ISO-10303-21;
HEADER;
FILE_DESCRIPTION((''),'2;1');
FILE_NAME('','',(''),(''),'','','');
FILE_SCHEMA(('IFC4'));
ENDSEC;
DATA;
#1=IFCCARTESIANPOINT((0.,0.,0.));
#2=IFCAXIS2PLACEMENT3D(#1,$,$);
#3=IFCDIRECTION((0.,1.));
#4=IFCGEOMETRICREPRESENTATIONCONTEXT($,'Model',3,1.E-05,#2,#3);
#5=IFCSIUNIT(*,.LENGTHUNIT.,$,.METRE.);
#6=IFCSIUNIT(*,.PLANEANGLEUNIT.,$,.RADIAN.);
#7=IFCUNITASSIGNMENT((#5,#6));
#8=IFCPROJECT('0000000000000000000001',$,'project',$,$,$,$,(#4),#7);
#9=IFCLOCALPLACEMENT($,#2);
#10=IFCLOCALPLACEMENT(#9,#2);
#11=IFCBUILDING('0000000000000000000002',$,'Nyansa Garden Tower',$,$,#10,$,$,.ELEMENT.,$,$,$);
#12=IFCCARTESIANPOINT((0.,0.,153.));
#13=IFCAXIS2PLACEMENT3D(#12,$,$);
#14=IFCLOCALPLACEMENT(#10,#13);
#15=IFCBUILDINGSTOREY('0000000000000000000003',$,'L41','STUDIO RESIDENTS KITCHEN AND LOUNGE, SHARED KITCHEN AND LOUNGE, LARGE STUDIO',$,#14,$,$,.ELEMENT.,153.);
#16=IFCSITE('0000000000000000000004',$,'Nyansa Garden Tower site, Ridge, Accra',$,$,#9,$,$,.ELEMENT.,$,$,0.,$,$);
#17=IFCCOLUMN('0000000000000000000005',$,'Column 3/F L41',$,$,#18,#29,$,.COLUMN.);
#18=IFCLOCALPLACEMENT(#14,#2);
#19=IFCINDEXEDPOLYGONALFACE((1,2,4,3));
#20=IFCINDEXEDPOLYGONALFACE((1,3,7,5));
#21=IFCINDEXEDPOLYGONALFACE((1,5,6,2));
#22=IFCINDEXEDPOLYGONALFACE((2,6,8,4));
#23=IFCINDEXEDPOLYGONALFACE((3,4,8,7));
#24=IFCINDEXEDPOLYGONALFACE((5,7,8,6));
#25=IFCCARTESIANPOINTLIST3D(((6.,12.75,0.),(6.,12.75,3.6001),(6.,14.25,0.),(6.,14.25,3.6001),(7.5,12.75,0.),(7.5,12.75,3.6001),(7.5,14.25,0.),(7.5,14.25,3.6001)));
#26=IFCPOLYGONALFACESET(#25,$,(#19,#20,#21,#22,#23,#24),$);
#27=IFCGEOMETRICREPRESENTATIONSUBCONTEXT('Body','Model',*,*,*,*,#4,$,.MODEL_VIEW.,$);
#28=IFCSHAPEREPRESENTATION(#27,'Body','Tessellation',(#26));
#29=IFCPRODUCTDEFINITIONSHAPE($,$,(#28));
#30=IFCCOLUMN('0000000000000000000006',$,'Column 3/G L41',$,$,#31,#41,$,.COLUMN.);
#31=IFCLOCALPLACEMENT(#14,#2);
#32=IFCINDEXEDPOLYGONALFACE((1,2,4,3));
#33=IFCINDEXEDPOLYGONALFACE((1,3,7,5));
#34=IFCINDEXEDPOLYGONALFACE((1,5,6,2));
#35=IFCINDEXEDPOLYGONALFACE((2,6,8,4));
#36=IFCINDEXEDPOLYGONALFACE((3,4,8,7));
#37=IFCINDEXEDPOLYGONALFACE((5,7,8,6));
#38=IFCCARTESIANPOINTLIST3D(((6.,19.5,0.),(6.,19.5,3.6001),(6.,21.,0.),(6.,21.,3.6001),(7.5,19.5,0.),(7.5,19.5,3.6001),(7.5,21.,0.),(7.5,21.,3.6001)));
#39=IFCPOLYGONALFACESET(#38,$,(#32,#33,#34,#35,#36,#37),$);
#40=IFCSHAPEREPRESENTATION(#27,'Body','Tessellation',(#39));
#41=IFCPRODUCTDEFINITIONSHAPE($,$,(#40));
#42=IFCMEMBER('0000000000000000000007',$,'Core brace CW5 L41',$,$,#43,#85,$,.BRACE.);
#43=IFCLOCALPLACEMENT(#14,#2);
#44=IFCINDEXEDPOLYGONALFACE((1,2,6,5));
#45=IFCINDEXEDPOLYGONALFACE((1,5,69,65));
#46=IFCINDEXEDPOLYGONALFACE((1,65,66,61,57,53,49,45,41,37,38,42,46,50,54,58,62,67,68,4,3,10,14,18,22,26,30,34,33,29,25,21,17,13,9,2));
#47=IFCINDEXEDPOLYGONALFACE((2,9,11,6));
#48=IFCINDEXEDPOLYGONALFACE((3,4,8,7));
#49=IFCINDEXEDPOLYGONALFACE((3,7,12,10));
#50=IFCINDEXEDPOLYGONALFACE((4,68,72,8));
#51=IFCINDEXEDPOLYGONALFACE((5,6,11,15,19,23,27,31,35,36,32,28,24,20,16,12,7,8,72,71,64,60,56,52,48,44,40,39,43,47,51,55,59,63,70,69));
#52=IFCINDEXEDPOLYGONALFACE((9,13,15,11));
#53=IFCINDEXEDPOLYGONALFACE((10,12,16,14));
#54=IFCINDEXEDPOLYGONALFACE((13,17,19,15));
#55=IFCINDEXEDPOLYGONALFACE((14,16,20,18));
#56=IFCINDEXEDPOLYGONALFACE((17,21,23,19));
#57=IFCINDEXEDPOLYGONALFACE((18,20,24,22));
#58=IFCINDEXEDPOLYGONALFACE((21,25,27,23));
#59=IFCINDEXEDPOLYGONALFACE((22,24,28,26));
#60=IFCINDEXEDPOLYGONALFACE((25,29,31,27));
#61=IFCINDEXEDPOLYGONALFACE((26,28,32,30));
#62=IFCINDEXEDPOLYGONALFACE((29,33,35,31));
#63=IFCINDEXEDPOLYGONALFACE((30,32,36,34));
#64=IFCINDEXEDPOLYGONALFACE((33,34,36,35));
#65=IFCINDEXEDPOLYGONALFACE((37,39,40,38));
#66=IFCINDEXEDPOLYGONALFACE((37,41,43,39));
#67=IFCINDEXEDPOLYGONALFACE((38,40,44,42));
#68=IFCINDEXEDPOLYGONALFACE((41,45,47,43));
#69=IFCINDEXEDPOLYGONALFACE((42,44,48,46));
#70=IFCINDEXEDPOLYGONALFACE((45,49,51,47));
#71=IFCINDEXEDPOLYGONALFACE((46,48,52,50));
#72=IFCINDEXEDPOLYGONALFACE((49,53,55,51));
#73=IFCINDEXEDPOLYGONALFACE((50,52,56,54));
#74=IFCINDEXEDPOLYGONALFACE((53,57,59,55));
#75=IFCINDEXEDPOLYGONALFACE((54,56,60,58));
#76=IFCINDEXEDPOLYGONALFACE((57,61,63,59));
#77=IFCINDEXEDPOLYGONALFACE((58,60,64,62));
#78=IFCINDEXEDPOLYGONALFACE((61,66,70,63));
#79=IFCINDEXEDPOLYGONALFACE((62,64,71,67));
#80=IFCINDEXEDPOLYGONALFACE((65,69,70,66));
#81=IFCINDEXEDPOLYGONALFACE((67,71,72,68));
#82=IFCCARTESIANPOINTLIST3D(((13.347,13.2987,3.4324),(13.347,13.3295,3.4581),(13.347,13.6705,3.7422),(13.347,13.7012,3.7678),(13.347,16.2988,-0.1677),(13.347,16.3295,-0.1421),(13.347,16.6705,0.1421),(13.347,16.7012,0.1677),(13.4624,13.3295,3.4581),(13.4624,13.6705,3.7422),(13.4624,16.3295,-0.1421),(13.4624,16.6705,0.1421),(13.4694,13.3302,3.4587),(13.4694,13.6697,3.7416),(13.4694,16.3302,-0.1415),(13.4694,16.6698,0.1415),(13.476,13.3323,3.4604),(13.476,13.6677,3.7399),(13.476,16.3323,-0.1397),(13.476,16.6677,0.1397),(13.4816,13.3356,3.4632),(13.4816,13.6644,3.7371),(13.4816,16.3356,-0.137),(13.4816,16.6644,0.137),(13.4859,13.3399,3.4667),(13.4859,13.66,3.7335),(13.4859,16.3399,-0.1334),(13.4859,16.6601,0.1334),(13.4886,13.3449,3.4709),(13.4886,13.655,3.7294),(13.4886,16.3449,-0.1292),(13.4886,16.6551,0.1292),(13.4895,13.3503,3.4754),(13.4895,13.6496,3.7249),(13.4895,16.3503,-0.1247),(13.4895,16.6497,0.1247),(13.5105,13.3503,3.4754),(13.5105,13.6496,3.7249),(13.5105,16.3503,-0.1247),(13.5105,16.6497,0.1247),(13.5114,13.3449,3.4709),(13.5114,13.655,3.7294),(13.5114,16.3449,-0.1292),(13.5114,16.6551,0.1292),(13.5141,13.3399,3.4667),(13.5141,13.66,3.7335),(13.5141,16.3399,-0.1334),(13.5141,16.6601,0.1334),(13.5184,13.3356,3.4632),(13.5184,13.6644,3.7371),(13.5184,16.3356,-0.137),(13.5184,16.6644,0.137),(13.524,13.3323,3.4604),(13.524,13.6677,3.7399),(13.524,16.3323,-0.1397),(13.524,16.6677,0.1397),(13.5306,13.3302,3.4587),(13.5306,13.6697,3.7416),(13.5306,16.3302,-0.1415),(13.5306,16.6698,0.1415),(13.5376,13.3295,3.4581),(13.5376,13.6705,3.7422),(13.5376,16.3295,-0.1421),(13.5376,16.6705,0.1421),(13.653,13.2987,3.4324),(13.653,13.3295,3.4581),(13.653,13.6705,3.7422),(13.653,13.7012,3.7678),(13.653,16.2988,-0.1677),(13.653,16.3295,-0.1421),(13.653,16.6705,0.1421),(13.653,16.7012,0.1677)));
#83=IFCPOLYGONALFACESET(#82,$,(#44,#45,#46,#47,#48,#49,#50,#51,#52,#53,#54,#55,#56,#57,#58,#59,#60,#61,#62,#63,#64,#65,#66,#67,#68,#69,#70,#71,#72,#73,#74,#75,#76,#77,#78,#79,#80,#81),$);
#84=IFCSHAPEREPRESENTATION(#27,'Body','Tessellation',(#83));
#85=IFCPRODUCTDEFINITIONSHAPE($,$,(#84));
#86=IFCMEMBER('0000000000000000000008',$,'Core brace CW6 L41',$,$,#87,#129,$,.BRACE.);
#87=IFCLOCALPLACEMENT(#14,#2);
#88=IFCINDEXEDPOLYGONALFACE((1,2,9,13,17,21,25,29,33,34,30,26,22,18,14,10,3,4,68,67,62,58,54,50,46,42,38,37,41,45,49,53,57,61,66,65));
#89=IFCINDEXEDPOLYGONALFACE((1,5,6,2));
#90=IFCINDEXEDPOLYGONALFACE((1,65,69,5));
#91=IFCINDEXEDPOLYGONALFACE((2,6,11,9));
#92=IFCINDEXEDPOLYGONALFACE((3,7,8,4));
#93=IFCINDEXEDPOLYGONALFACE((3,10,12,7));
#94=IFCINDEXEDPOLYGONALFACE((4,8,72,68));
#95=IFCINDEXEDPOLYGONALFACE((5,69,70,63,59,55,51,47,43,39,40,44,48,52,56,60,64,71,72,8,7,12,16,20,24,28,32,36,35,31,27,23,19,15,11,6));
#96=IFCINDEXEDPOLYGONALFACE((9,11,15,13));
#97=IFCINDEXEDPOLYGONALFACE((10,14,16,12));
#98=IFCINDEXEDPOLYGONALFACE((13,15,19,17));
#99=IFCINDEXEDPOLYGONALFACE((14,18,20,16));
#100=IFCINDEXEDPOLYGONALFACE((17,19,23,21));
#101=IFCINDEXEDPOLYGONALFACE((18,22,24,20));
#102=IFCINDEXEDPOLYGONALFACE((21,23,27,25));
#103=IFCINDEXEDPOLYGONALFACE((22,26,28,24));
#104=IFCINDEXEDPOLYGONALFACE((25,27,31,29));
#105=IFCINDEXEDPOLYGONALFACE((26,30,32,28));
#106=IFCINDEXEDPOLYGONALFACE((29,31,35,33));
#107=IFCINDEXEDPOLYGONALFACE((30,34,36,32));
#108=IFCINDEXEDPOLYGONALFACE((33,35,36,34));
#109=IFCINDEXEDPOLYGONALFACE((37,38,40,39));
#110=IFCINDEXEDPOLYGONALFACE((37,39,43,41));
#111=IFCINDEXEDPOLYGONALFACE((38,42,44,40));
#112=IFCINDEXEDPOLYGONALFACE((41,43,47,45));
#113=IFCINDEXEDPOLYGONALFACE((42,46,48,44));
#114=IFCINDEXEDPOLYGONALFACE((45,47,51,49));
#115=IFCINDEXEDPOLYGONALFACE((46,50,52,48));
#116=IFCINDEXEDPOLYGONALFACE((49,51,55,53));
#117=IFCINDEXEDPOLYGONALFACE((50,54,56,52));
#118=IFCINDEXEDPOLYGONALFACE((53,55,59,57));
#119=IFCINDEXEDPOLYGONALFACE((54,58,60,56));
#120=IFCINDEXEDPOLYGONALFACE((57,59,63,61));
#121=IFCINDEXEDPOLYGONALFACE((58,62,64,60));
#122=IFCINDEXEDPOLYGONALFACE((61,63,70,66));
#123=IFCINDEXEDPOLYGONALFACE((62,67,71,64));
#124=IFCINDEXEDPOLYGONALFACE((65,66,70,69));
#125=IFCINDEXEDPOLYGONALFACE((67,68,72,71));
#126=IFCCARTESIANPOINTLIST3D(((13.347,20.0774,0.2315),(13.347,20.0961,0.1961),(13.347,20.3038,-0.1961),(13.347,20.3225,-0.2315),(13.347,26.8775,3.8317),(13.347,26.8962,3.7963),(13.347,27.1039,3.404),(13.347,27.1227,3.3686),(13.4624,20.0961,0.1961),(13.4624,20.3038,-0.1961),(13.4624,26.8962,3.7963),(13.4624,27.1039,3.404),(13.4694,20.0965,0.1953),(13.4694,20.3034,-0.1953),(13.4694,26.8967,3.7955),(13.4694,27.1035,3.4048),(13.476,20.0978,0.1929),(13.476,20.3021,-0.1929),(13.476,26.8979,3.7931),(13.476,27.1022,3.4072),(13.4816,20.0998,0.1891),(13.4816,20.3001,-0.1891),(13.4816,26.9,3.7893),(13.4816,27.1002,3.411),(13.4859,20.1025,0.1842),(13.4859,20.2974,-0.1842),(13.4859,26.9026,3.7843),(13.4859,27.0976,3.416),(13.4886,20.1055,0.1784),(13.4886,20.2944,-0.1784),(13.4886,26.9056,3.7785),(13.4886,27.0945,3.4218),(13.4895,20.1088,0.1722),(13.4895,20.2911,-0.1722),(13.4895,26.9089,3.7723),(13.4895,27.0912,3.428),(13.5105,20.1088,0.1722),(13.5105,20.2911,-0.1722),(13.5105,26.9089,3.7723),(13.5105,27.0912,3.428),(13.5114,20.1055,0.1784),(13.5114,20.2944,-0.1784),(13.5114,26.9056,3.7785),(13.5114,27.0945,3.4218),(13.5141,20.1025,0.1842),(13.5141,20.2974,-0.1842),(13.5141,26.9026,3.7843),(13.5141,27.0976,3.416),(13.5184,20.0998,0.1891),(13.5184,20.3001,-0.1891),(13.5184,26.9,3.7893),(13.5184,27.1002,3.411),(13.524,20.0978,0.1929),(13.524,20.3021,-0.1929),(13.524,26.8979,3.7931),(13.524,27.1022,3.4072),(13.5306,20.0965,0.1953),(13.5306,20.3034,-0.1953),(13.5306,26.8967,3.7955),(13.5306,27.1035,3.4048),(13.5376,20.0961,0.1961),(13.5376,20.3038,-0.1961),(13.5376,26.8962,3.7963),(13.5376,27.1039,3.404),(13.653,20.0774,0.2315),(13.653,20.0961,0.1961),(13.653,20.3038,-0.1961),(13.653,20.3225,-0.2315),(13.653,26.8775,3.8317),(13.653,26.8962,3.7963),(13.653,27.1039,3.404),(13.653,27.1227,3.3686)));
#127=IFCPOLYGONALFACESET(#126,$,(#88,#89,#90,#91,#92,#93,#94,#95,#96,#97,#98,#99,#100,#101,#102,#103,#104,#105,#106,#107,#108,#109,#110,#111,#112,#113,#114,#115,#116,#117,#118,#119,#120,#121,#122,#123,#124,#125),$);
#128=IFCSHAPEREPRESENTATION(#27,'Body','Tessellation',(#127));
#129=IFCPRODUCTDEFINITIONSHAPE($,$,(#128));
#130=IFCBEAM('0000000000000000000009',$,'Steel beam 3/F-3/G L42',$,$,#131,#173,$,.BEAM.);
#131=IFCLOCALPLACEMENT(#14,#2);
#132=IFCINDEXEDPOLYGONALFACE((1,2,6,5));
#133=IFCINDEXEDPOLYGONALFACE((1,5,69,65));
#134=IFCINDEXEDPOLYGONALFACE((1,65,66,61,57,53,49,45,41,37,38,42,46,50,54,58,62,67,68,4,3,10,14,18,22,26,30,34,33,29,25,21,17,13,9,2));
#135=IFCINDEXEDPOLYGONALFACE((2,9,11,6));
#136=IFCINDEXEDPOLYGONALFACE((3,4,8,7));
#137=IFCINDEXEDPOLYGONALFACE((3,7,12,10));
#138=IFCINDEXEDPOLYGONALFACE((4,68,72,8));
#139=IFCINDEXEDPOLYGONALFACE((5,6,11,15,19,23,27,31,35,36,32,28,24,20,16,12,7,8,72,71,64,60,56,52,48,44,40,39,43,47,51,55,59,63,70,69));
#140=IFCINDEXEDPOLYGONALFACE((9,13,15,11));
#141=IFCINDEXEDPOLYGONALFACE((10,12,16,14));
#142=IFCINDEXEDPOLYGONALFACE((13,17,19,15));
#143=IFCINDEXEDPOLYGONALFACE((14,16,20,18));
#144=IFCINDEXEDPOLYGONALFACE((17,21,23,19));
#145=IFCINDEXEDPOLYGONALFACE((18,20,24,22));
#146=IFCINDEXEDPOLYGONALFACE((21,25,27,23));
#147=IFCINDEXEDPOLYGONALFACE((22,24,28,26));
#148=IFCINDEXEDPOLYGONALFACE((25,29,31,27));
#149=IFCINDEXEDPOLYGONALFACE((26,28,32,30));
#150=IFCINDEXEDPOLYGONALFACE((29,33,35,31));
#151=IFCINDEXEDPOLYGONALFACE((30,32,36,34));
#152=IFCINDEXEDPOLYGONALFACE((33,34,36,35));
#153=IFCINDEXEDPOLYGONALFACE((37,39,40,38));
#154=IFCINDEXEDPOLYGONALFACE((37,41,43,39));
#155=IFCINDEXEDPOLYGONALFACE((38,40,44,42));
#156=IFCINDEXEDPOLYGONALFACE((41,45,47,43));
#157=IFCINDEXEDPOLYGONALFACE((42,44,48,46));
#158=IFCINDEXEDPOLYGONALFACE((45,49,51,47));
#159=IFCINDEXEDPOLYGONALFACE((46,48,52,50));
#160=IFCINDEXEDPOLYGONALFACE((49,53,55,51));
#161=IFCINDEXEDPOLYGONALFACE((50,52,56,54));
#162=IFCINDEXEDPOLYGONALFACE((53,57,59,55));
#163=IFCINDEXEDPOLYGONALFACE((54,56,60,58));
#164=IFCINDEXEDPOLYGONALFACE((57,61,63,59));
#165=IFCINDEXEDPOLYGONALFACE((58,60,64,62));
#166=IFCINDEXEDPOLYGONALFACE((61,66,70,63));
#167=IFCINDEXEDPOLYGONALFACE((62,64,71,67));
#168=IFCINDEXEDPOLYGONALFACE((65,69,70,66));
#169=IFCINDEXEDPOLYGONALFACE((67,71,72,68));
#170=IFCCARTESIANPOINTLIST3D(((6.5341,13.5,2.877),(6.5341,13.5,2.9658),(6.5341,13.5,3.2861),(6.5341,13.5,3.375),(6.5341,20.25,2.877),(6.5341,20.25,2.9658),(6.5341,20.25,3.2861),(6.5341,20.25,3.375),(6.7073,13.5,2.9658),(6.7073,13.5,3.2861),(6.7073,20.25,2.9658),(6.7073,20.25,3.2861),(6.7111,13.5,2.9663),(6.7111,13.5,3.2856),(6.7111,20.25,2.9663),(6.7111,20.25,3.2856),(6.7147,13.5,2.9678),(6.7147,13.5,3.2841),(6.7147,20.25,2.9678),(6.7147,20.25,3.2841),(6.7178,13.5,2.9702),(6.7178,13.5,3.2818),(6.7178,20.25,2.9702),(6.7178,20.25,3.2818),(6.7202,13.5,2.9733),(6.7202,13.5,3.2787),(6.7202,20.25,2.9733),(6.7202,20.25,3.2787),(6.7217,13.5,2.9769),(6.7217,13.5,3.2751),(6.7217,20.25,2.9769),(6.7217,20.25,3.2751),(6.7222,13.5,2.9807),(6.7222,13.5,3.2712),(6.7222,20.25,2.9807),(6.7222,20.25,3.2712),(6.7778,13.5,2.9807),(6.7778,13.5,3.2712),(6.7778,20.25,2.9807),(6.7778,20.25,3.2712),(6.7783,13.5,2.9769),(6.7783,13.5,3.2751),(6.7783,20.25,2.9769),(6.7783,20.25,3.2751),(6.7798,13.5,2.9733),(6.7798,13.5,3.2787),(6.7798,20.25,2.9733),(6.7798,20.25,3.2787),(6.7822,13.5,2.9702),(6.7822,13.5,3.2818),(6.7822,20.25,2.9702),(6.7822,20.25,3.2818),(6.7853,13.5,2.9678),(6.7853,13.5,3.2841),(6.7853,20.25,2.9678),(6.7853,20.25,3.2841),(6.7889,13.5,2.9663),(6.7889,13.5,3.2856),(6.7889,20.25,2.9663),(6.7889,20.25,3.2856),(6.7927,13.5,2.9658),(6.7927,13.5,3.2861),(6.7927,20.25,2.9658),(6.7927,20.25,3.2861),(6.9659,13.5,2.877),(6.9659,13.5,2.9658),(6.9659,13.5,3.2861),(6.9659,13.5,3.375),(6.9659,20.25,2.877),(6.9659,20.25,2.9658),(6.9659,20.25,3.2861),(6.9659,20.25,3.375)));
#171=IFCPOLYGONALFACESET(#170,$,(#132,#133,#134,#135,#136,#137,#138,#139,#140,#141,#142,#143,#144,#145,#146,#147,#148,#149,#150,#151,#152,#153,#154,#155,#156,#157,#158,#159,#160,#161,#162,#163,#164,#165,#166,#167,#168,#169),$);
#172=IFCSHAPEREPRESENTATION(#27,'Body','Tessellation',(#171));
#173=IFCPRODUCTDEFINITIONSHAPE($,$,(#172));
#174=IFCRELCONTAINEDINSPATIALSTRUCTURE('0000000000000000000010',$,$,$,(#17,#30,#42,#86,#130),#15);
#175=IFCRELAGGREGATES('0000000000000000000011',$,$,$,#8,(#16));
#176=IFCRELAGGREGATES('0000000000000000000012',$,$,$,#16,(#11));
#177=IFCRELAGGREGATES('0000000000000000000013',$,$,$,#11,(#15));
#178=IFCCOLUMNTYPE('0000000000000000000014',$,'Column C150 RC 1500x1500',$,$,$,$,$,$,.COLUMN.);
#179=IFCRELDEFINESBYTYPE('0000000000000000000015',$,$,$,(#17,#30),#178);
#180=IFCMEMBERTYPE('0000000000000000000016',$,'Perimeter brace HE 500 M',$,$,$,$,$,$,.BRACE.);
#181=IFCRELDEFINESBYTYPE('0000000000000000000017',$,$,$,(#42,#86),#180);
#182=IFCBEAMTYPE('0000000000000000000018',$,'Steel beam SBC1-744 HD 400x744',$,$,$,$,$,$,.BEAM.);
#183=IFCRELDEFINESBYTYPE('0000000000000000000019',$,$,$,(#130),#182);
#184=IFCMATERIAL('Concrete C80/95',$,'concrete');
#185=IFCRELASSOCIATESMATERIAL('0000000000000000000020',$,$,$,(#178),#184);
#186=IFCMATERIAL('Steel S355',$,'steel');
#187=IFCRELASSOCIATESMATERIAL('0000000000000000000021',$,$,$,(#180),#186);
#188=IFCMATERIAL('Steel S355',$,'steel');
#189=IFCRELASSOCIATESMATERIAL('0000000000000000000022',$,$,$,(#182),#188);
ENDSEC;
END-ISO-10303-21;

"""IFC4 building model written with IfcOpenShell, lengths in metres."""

from ifc_helpers import new_model, si_unit, direction, frame, origin, origin_2d, place, context, subcontext, project, spatial, rectangle, i_section, extrude, material, material_profile, profile_set, type_object, element, save


model = new_model("IFC4")

# Units and contexts
model_context = context("Model", 3, precision=1e-05, world=origin(), true_north=direction((0.0, 1.0)))
body_context = subcontext(model_context, "Body", "Model", "MODEL_VIEW")
ifc_project = project(units=[si_unit("LENGTHUNIT", "METRE"), si_unit("PLANEANGLEUNIT", "RADIAN")], contexts=[model_context])

# Site, building, storey
site_placement = place(None, origin())
site = spatial("IfcSite", under=ifc_project, at=site_placement, Name="Nyansa Garden Tower site, Ridge, Accra", CompositionType="ELEMENT", RefElevation=0.0)
building_placement = place(site_placement, origin())
building = spatial("IfcBuilding", under=site, at=building_placement, Name="Nyansa Garden Tower", CompositionType="ELEMENT")
storey_placement = place(building_placement, frame((0.0, 0.0, 153.0)))
storey = spatial("IfcBuildingStorey", under=building, at=storey_placement, Name="L41", Description="STUDIO RESIDENTS KITCHEN AND LOUNGE, SHARED KITCHEN AND LOUNGE, LARGE STUDIO", CompositionType="ELEMENT", Elevation=153.0)

# Columns
ifc_material_1 = material(Name="Concrete C80/95", Category="concrete")
ifc_material_profile_1 = material_profile(ifc_material_1, rectangle(XDim=1.5, YDim=1.5, at=origin_2d()), Name="RC 1500x1500")
ifc_profile_set_1 = profile_set([ifc_material_profile_1], Name="Concrete C80/95")
column_type = type_object("IfcColumnType", Name="Column C150 RC 1500x1500", PredefinedType="COLUMN", material=ifc_profile_set_1)
for number, where, z_axis, x_axis, name in (
    (1, (6.75, 13.5, 0.0), (0.0, 0.0, 1.0), (1.0, 0.0, 0.0), "Column 3/F L41"),
    (2, (6.75, 20.25, 0.0), (0.0, 0.0, 1.0), (1.0, 0.0, 0.0), "Column 3/G L41"),
):
    element("IfcColumn", number, at=place(storey_placement, frame(where, z_axis=z_axis, x_axis=x_axis)), inside=storey, type_object=column_type, Name=name, PredefinedType="COLUMN", context=body_context, shape_type="SweptSolid", body=[
        extrude(rectangle(XDim=1.5, YDim=1.5, at=origin_2d()), origin(), (0.0, 0.0, 1.0), 3.6001),
    ])

# Members
ifc_material_2 = material(Name="Steel S355", Category="steel")
ifc_material_profile_2 = material_profile(ifc_material_2, i_section(OverallWidth=0.3059, OverallDepth=0.5239, WebThickness=0.021, FlangeThickness=0.04, FilletRadius=0.0271, at=origin_2d()), Name="HE 500 M")
ifc_profile_set_2 = profile_set([ifc_material_profile_2], Name="Steel S355")
member_type = type_object("IfcMemberType", Name="Perimeter brace HE 500 M", PredefinedType="BRACE", material=ifc_profile_set_2)
member_1_placement = place(storey_placement, frame((13.5, 16.5, 0.0), z_axis=(0.0, -0.640174, 0.76823), x_axis=(1.0, 0.0, 0.0)))
element("IfcMember", 3, at=member_1_placement, inside=storey, type_object=member_type, Name="Core brace CW5 L41", PredefinedType="BRACE", context=body_context, shape_type="SweptSolid", body=[
    extrude(i_section(OverallWidth=0.3059, OverallDepth=0.5239, WebThickness=0.021, FlangeThickness=0.04, FilletRadius=0.0271, at=origin_2d()), origin(), (0.0, 0.0, 1.0), 4.6863),
])
member_2_placement = place(storey_placement, frame((13.5, 20.2, 0.0), z_axis=(0.0, 0.883784, 0.467895), x_axis=(-1.0, 0.0, 0.0)))
element("IfcMember", 4, at=member_2_placement, inside=storey, type_object=member_type, Name="Core brace CW6 L41", PredefinedType="BRACE", context=body_context, shape_type="SweptSolid", body=[
    extrude(i_section(OverallWidth=0.3059, OverallDepth=0.5239, WebThickness=0.021, FlangeThickness=0.04, FilletRadius=0.0271, at=origin_2d()), origin(), (0.0, 0.0, 1.0), 7.6943),
])

# Beam
ifc_material_3 = material(Name="Steel S355", Category="steel")
ifc_material_profile_3 = material_profile(ifc_material_3, i_section(OverallWidth=0.4319, OverallDepth=0.498, WebThickness=0.0557, FlangeThickness=0.0889, FilletRadius=0.0149, at=origin_2d()), Name="HD 400x744")
ifc_profile_set_3 = profile_set([ifc_material_profile_3], Name="Steel S355")
beam_type_1 = type_object("IfcBeamType", Name="Steel beam SBC1-744 HD 400x744", PredefinedType="BEAM", material=ifc_profile_set_3)
for number, where, z_axis, x_axis, name in (
    (5, (6.75, 13.5, 3.126), (0.0, 1.0, 0.0), (-1.0, 0.0, 0.0), "Steel beam 3/F-3/G L42"),
):
    element("IfcBeam", number, at=place(storey_placement, frame(where, z_axis=z_axis, x_axis=x_axis)), inside=storey, type_object=beam_type_1, Name=name, PredefinedType="BEAM", context=body_context, shape_type="SweptSolid", body=[
        extrude(i_section(OverallWidth=0.4319, OverallDepth=0.498, WebThickness=0.0557, FlangeThickness=0.0889, FilletRadius=0.0149, at=origin_2d()), origin(), (0.0, 0.0, 1.0), 6.75),
    ])

save(model, "model.ifc")
